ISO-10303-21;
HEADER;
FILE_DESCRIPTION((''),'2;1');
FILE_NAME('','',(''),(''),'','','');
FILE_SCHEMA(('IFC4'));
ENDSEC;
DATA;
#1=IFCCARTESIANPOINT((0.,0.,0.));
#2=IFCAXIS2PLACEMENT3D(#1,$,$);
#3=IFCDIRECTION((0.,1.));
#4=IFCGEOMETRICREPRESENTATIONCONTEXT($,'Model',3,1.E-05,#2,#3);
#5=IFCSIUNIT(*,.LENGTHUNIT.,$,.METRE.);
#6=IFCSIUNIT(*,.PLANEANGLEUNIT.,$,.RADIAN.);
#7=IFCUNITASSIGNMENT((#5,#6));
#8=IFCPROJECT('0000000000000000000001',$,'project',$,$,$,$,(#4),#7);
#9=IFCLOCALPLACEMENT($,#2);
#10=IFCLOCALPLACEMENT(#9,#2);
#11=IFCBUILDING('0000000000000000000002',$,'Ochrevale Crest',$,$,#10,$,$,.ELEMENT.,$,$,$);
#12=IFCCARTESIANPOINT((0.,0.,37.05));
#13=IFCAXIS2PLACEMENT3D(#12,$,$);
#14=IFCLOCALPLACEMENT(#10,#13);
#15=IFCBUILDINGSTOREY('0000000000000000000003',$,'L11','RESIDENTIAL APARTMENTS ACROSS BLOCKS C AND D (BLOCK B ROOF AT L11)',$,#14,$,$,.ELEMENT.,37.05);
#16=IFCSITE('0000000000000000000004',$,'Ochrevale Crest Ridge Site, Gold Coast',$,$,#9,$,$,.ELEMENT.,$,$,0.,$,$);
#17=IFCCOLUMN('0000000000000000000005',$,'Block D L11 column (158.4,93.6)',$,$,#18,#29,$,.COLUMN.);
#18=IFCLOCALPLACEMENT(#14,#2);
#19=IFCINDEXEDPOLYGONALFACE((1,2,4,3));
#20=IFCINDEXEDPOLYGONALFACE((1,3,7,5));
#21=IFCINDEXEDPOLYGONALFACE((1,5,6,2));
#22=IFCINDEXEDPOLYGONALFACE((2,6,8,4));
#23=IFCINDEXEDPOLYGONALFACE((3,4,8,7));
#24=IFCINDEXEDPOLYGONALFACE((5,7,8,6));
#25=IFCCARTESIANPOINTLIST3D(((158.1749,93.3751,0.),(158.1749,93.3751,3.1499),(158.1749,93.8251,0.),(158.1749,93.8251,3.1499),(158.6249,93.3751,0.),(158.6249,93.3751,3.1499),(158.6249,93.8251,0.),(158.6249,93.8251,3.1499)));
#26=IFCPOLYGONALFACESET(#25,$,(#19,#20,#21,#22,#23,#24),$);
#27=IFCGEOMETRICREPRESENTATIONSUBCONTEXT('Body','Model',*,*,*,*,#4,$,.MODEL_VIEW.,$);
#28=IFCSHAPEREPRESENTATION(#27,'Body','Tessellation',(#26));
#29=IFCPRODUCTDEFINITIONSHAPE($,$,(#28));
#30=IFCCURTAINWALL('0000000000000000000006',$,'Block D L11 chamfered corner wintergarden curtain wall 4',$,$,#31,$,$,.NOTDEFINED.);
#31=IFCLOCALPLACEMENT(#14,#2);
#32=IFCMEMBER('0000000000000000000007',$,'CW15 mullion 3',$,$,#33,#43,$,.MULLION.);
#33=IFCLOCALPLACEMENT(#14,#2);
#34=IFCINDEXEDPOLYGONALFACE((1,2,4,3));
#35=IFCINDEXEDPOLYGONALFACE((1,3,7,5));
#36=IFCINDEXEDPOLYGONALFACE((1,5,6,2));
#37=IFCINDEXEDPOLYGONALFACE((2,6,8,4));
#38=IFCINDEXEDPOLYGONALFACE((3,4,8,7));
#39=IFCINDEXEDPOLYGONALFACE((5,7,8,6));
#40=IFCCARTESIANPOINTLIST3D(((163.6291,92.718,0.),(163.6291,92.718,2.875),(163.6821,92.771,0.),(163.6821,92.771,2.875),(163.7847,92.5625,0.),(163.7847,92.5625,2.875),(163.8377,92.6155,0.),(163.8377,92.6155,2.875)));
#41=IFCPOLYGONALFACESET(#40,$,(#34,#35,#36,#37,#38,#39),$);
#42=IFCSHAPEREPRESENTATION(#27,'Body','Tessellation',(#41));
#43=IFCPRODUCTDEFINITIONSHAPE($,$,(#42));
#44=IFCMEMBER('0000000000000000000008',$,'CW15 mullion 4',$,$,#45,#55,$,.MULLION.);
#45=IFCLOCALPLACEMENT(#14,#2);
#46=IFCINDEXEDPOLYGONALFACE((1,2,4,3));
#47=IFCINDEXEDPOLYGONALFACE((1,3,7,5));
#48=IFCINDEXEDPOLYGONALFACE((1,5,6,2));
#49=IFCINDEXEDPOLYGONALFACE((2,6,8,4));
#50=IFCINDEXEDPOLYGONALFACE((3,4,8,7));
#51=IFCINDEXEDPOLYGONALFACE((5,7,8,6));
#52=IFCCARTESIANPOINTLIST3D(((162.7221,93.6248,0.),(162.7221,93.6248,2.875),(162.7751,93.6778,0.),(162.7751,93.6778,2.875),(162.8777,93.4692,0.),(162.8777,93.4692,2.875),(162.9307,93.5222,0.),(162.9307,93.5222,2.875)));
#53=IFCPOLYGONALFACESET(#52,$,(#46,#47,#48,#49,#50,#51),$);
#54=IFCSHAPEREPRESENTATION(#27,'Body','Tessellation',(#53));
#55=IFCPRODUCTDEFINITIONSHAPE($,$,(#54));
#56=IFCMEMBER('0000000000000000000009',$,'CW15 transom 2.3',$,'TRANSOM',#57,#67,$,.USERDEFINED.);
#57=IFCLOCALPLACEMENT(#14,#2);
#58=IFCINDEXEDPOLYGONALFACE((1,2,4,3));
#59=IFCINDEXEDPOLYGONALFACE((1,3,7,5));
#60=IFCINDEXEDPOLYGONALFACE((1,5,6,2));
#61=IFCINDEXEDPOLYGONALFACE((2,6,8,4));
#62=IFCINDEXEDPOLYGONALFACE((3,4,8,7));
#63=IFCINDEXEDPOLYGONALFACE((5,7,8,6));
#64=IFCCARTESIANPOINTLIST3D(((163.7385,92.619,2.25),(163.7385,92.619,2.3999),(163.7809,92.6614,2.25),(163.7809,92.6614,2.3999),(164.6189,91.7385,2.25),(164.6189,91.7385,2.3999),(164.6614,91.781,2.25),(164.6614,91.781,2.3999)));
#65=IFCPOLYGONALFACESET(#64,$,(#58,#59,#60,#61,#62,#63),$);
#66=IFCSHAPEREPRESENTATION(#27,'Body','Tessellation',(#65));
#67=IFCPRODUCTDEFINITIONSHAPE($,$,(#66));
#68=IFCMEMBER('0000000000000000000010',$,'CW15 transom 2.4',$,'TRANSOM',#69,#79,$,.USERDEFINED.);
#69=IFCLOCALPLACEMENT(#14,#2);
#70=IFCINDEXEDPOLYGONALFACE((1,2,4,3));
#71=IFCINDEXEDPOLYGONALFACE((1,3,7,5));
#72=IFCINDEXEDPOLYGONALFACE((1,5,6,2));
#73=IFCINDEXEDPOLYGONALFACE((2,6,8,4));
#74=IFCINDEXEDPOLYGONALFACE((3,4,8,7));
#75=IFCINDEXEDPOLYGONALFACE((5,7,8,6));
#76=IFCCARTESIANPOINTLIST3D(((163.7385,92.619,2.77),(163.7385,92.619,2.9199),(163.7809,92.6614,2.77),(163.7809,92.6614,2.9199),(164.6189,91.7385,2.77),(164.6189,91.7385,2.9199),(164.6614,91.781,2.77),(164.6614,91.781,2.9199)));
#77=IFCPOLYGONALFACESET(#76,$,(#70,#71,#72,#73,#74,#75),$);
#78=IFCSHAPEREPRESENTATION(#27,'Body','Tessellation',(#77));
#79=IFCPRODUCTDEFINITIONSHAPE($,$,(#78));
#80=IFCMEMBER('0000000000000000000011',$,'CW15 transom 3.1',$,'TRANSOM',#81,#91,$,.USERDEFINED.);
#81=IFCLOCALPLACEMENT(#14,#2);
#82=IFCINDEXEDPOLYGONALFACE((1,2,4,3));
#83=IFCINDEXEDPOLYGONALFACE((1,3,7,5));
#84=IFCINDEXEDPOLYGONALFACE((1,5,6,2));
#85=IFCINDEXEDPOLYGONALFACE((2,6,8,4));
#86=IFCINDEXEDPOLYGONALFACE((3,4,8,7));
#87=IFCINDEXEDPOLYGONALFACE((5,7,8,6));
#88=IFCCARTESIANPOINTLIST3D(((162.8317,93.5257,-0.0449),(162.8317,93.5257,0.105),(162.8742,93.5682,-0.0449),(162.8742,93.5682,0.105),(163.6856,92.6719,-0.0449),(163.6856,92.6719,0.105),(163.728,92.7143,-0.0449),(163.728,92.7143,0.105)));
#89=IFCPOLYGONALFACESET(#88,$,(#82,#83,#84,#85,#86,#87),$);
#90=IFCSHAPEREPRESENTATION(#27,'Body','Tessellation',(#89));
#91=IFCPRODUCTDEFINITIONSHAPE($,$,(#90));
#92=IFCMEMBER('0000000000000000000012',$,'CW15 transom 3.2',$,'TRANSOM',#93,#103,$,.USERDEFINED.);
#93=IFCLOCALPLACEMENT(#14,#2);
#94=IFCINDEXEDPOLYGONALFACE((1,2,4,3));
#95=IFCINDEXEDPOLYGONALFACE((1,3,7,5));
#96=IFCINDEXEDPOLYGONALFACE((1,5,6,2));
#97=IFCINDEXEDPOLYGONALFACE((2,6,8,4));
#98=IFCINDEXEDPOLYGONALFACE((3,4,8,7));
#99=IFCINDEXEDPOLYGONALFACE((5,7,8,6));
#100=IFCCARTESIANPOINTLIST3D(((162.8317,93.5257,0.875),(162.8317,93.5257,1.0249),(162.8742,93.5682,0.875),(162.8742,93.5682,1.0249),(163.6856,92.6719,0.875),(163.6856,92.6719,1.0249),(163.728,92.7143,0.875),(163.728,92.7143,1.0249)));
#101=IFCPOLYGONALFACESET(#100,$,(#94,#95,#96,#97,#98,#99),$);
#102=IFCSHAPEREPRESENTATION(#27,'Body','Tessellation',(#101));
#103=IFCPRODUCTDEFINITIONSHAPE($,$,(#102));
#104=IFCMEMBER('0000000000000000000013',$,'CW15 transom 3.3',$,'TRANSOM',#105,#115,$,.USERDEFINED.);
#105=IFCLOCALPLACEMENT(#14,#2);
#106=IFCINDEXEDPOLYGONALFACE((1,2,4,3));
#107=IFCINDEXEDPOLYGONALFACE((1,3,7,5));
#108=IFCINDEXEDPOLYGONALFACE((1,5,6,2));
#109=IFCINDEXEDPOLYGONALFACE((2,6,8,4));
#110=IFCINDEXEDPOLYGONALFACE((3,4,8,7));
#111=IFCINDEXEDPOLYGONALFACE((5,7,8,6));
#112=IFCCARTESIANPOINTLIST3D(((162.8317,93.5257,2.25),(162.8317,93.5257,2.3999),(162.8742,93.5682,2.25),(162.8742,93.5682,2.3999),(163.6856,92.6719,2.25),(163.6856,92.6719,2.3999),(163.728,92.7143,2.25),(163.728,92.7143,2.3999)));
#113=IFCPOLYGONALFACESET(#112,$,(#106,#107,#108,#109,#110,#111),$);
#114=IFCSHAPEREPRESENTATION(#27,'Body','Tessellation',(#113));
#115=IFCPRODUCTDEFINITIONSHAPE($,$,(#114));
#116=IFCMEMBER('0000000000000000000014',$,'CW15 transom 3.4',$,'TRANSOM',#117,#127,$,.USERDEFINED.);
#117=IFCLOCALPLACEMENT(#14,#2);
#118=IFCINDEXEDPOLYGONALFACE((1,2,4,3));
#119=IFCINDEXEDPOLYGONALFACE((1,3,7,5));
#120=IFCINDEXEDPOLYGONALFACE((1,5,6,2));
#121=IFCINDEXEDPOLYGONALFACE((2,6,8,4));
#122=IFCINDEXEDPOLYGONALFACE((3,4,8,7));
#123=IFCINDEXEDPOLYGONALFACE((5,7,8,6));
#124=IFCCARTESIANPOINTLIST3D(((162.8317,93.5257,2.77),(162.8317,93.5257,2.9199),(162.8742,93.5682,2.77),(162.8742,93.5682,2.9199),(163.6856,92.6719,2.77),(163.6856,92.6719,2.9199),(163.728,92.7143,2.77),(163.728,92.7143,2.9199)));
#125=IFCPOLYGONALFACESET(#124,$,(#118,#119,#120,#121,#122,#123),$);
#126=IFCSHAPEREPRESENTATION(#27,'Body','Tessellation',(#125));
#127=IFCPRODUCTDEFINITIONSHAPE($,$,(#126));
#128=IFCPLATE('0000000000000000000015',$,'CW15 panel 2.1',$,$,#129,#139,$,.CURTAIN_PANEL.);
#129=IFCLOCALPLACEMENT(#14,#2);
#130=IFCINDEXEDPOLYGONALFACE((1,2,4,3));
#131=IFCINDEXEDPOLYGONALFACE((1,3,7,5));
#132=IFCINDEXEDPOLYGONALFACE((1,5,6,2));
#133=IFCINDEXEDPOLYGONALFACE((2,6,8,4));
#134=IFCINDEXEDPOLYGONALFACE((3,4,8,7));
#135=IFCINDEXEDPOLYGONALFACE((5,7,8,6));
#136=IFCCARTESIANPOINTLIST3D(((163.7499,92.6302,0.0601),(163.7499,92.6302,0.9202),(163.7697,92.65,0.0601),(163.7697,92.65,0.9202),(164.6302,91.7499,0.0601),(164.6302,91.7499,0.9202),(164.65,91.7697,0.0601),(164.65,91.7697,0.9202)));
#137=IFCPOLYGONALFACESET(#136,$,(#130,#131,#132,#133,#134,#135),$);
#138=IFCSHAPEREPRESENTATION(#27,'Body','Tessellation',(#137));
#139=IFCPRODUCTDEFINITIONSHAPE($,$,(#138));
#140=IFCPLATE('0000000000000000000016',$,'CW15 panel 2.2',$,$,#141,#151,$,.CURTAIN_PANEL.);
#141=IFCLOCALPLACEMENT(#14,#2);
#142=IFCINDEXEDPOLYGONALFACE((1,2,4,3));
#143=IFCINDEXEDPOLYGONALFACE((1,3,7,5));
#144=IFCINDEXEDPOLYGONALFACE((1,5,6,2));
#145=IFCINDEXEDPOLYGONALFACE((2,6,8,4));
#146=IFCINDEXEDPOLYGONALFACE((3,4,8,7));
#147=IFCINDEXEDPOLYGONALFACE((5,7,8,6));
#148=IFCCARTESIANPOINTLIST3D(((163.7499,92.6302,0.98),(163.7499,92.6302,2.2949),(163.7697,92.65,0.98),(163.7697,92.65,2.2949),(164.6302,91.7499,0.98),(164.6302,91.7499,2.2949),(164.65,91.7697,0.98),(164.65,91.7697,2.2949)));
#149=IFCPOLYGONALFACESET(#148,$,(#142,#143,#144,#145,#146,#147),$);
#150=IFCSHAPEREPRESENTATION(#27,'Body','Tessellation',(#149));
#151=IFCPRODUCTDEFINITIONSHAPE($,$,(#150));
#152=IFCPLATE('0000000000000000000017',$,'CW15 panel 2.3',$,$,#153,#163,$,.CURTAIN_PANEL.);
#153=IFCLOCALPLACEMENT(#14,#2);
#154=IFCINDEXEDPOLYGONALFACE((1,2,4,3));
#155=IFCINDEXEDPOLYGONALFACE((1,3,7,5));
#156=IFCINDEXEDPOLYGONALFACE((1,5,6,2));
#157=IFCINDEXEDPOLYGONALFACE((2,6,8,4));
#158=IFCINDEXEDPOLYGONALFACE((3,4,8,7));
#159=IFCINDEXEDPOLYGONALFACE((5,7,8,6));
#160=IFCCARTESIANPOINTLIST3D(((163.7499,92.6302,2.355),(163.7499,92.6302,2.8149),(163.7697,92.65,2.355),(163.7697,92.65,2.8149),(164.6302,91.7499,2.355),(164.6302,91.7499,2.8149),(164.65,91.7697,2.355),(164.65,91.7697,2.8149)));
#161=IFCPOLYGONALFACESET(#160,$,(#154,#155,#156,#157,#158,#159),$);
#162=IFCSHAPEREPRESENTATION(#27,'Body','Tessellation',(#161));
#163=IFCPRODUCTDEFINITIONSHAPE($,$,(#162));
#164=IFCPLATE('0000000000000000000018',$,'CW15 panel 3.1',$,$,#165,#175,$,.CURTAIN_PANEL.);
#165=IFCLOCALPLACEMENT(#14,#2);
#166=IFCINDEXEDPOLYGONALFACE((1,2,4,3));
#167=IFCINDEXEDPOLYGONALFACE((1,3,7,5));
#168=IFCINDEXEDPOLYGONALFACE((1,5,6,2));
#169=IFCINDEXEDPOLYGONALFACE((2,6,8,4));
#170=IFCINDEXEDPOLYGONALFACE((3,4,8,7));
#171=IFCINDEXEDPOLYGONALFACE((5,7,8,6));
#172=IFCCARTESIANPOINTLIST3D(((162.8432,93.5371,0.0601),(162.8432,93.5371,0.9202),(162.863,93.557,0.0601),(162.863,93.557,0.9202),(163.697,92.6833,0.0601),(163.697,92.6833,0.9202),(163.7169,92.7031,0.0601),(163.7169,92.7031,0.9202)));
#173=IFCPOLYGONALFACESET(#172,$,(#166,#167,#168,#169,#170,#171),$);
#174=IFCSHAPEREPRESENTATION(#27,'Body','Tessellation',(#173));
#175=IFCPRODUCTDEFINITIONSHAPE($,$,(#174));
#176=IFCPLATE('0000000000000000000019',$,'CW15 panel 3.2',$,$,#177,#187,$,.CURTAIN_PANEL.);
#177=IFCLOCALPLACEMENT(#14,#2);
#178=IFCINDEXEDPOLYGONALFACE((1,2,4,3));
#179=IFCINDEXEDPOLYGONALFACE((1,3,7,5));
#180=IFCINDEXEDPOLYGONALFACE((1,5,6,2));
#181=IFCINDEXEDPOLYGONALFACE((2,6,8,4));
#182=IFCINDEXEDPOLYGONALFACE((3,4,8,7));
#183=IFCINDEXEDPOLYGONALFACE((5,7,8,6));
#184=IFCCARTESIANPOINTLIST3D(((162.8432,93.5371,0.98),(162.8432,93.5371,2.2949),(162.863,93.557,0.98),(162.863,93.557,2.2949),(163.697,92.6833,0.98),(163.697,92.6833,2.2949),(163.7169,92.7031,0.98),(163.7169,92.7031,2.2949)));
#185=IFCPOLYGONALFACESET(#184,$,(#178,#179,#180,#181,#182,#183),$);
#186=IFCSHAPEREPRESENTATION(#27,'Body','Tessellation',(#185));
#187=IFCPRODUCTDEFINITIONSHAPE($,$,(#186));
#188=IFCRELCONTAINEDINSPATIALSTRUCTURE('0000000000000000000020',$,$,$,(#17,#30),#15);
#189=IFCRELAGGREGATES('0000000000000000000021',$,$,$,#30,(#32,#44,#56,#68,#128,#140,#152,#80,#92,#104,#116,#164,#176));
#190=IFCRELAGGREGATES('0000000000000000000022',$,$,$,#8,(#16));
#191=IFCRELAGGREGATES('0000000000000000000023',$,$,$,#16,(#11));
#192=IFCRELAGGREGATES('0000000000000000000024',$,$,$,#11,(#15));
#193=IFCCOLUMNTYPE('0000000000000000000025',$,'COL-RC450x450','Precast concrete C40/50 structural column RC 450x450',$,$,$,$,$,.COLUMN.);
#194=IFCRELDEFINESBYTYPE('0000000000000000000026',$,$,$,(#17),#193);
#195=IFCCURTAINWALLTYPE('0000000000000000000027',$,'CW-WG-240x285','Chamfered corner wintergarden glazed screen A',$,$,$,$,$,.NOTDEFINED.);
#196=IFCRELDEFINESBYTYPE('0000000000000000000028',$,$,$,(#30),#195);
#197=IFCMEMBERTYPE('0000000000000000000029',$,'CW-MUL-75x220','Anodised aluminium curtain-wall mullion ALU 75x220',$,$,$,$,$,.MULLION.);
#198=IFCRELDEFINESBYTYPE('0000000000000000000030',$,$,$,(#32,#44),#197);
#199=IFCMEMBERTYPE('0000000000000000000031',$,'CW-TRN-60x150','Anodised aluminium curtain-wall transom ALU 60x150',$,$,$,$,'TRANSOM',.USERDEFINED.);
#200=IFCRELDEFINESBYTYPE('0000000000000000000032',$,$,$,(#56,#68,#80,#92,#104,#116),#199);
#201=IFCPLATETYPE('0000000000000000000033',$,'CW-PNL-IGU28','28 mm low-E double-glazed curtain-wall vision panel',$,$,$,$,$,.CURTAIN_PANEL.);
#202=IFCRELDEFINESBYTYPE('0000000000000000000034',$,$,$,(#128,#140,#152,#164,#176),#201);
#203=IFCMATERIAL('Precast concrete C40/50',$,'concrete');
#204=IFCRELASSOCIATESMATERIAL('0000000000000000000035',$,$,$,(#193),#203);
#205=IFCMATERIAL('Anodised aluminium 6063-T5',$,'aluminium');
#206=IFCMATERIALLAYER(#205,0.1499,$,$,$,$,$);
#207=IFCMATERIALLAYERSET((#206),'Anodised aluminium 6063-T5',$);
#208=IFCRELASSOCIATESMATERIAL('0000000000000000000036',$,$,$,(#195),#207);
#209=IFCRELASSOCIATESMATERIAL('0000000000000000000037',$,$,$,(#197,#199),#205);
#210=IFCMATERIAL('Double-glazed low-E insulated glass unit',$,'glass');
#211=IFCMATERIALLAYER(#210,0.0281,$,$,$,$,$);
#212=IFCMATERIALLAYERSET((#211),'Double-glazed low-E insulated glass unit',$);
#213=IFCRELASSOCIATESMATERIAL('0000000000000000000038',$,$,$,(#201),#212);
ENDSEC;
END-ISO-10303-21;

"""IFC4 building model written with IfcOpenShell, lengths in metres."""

from ifc_helpers import new_model, si_unit, direction, frame, origin, origin_2d, place, context, subcontext, project, spatial, rectangle, extrude, material, layer, layer_set, material_profile, profile_set, type_object, element, aggregate, save


model = new_model("IFC4")

# Units and contexts
model_context = context("Model", 3, precision=1e-05, world=origin(), true_north=direction((0.0, 1.0)))
body_context = subcontext(model_context, "Body", "Model", "MODEL_VIEW")
ifc_project = project(units=[si_unit("LENGTHUNIT", "METRE"), si_unit("PLANEANGLEUNIT", "RADIAN")], contexts=[model_context])

# Site, building, storey
site_placement = place(None, origin())
site = spatial("IfcSite", under=ifc_project, at=site_placement, Name="Ochrevale Crest Ridge Site, Gold Coast", CompositionType="ELEMENT", RefElevation=0.0)
building_placement = place(site_placement, origin())
building = spatial("IfcBuilding", under=site, at=building_placement, Name="Ochrevale Crest", CompositionType="ELEMENT")
storey_placement = place(building_placement, frame((0.0, 0.0, 37.05)))
storey = spatial("IfcBuildingStorey", under=building, at=storey_placement, Name="L11", Description="RESIDENTIAL APARTMENTS ACROSS BLOCKS C AND D (BLOCK B ROOF AT L11)", CompositionType="ELEMENT", Elevation=37.05)

# Column
ifc_material_1 = material(Name="Precast concrete C40/50", Category="concrete")
ifc_material_profile_1 = material_profile(ifc_material_1, rectangle(XDim=0.45, YDim=0.45, at=origin_2d()), Name="RC 450x450")
ifc_profile_set_1 = profile_set([ifc_material_profile_1], Name="Precast concrete C40/50")
column_type = type_object("IfcColumnType", Name="COL-RC450x450", Description="Precast concrete C40/50 structural column RC 450x450", PredefinedType="COLUMN", material=ifc_profile_set_1)
column_placement = place(storey_placement, frame((158.3999, 93.6001, 0.0), z_axis=(0.0, 0.0, 1.0), x_axis=(1.0, 0.0, 0.0)))
element("IfcColumn", 1, at=column_placement, inside=storey, type_object=column_type, Name="Block D L11 column (158.4,93.6)", PredefinedType="COLUMN", context=body_context, shape_type="SweptSolid", body=[
    extrude(rectangle(XDim=0.45, YDim=0.45, at=origin_2d()), origin(), (0.0, 0.0, 1.0), 3.1499),
])

# Curtain wall, members, plates
ifc_material_2 = material(Name="Anodised aluminium 6063-T5", Category="aluminium")
ifc_layer_1 = layer(ifc_material_2, 0.1499)
ifc_layer_set_1 = layer_set([ifc_layer_1], Name="Anodised aluminium 6063-T5")
curtain_wall_type = type_object("IfcCurtainWallType", Name="CW-WG-240x285", Description="Chamfered corner wintergarden glazed screen A", PredefinedType="NOTDEFINED", material=ifc_layer_set_1)
curtain_wall_placement = place(storey_placement, origin())
curtain_wall = element("IfcCurtainWall", 2, at=curtain_wall_placement, inside=storey, type_object=curtain_wall_type, Name="Block D L11 chamfered corner wintergarden curtain wall 4", PredefinedType="NOTDEFINED")
ifc_material_profile_2 = material_profile(ifc_material_2, rectangle(XDim=0.075, YDim=0.22, at=origin_2d()), Name="ALU 75x220")
ifc_profile_set_2 = profile_set([ifc_material_profile_2], Name="Anodised aluminium 6063-T5")
member_type_1 = type_object("IfcMemberType", Name="CW-MUL-75x220", Description="Anodised aluminium curtain-wall mullion ALU 75x220", PredefinedType="MULLION", material=ifc_profile_set_2)
member_1_placement = place(storey_placement, frame((163.7334, 92.6667, 0.0), z_axis=(0.0, 0.0, 1.0), x_axis=(-0.707107, -0.707107, 0.0)))
member_1 = element("IfcMember", 3, at=member_1_placement, type_object=member_type_1, Name="CW15 mullion 3", PredefinedType="MULLION", context=body_context, shape_type="SweptSolid", body=[
    extrude(rectangle(XDim=0.075, YDim=0.22, at=origin_2d()), origin(), (0.0, 0.0, 1.0), 2.875),
])
member_2_placement = place(storey_placement, frame((162.8264, 93.5735, 0.0), z_axis=(0.0, 0.0, 1.0), x_axis=(-0.707107, -0.707107, 0.0)))
member_2 = element("IfcMember", 4, at=member_2_placement, type_object=member_type_1, Name="CW15 mullion 4", PredefinedType="MULLION", context=body_context, shape_type="SweptSolid", body=[
    extrude(rectangle(XDim=0.075, YDim=0.22, at=origin_2d()), origin(), (0.0, 0.0, 1.0), 2.875),
])
ifc_material_profile_3 = material_profile(ifc_material_2, rectangle(XDim=0.0601, YDim=0.1499, at=origin_2d()), Name="ALU 60x150")
ifc_profile_set_3 = profile_set([ifc_material_profile_3], Name="Anodised aluminium 6063-T5")
member_type_2 = type_object("IfcMemberType", Name="CW-TRN-60x150", Description="Anodised aluminium curtain-wall transom ALU 60x150", ElementType="TRANSOM", PredefinedType="USERDEFINED", material=ifc_profile_set_3)
member_3_placement = place(storey_placement, frame((164.6401, 91.7598, 2.325), z_axis=(-0.707107, 0.707107, 0.0), x_axis=(-0.707107, -0.707107, 0.0)))
member_3 = element("IfcMember", 5, at=member_3_placement, type_object=member_type_2, Name="CW15 transom 2.3", ObjectType="TRANSOM", PredefinedType="USERDEFINED", context=body_context, shape_type="SweptSolid", body=[
    extrude(rectangle(XDim=0.0601, YDim=0.1499, at=origin_2d()), origin(), (0.0, 0.0, 1.0), 1.2451),
])
member_4_placement = place(storey_placement, frame((164.6401, 91.7598, 2.845), z_axis=(-0.707107, 0.707107, 0.0), x_axis=(-0.707107, -0.707107, 0.0)))
member_4 = element("IfcMember", 6, at=member_4_placement, type_object=member_type_2, Name="CW15 transom 2.4", ObjectType="TRANSOM", PredefinedType="USERDEFINED", context=body_context, shape_type="SweptSolid", body=[
    extrude(rectangle(XDim=0.0601, YDim=0.1499, at=origin_2d()), origin(), (0.0, 0.0, 1.0), 1.2451),
])
member_5_placement = place(storey_placement, frame((163.7068, 92.6931, 0.03), z_axis=(-0.707107, 0.707107, 0.0), x_axis=(-0.707107, -0.707107, 0.0)))
member_5 = element("IfcMember", 7, at=member_5_placement, type_object=member_type_2, Name="CW15 transom 3.1", ObjectType="TRANSOM", PredefinedType="USERDEFINED", context=body_context, shape_type="SweptSolid", body=[
    extrude(rectangle(XDim=0.0601, YDim=0.1499, at=origin_2d()), origin(), (0.0, 0.0, 1.0), 1.2075),
])
member_6_placement = place(storey_placement, frame((163.7068, 92.6931, 0.95), z_axis=(-0.707107, 0.707107, 0.0), x_axis=(-0.707107, -0.707107, 0.0)))
member_6 = element("IfcMember", 8, at=member_6_placement, type_object=member_type_2, Name="CW15 transom 3.2", ObjectType="TRANSOM", PredefinedType="USERDEFINED", context=body_context, shape_type="SweptSolid", body=[
    extrude(rectangle(XDim=0.0601, YDim=0.1499, at=origin_2d()), origin(), (0.0, 0.0, 1.0), 1.2075),
])
member_7_placement = place(storey_placement, frame((163.7068, 92.6931, 2.325), z_axis=(-0.707107, 0.707107, 0.0), x_axis=(-0.707107, -0.707107, 0.0)))
member_7 = element("IfcMember", 9, at=member_7_placement, type_object=member_type_2, Name="CW15 transom 3.3", ObjectType="TRANSOM", PredefinedType="USERDEFINED", context=body_context, shape_type="SweptSolid", body=[
    extrude(rectangle(XDim=0.0601, YDim=0.1499, at=origin_2d()), origin(), (0.0, 0.0, 1.0), 1.2075),
])
member_8_placement = place(storey_placement, frame((163.7068, 92.6931, 2.845), z_axis=(-0.707107, 0.707107, 0.0), x_axis=(-0.707107, -0.707107, 0.0)))
member_8 = element("IfcMember", 10, at=member_8_placement, type_object=member_type_2, Name="CW15 transom 3.4", ObjectType="TRANSOM", PredefinedType="USERDEFINED", context=body_context, shape_type="SweptSolid", body=[
    extrude(rectangle(XDim=0.0601, YDim=0.1499, at=origin_2d()), origin(), (0.0, 0.0, 1.0), 1.2075),
])
ifc_material_3 = material(Name="Double-glazed low-E insulated glass unit", Category="glass")
ifc_layer_2 = layer(ifc_material_3, 0.0281)
ifc_layer_set_2 = layer_set([ifc_layer_2], Name="Double-glazed low-E insulated glass unit")
plate_type_1 = type_object("IfcPlateType", Name="CW-PNL-IGU28", Description="28 mm low-E double-glazed curtain-wall vision panel", PredefinedType="CURTAIN_PANEL", material=ifc_layer_set_2)
plate_1_placement = place(storey_placement, frame((164.2, 92.2, 0.0601), z_axis=(0.0, 0.0, 1.0), x_axis=(-0.707107, 0.707107, 0.0)))
plate_1 = element("IfcPlate", 11, at=plate_1_placement, type_object=plate_type_1, Name="CW15 panel 2.1", PredefinedType="CURTAIN_PANEL", context=body_context, shape_type="SweptSolid", body=[
    extrude(rectangle(XDim=1.2449, YDim=0.0281, at=origin_2d()), origin(), (0.0, 0.0, 1.0), 0.8601),
])
plate_2_placement = place(storey_placement, frame((164.2, 92.2, 0.98), z_axis=(0.0, 0.0, 1.0), x_axis=(-0.707107, 0.707107, 0.0)))
plate_2 = element("IfcPlate", 12, at=plate_2_placement, type_object=plate_type_1, Name="CW15 panel 2.2", PredefinedType="CURTAIN_PANEL", context=body_context, shape_type="SweptSolid", body=[
    extrude(rectangle(XDim=1.2449, YDim=0.0281, at=origin_2d()), origin(), (0.0, 0.0, 1.0), 1.3149),
])
plate_3_placement = place(storey_placement, frame((164.2, 92.2, 2.355), z_axis=(0.0, 0.0, 1.0), x_axis=(-0.707107, 0.707107, 0.0)))
plate_3 = element("IfcPlate", 13, at=plate_3_placement, type_object=plate_type_1, Name="CW15 panel 2.3", PredefinedType="CURTAIN_PANEL", context=body_context, shape_type="SweptSolid", body=[
    extrude(rectangle(XDim=1.2449, YDim=0.0281, at=origin_2d()), origin(), (0.0, 0.0, 1.0), 0.46),
])
plate_4_placement = place(storey_placement, frame((163.28, 93.1201, 0.0601), z_axis=(0.0, 0.0, 1.0), x_axis=(-0.707107, 0.707107, 0.0)))
plate_4 = element("IfcPlate", 14, at=plate_4_placement, type_object=plate_type_1, Name="CW15 panel 3.1", PredefinedType="CURTAIN_PANEL", context=body_context, shape_type="SweptSolid", body=[
    extrude(rectangle(XDim=1.2075, YDim=0.0281, at=origin_2d()), origin(), (0.0, 0.0, 1.0), 0.8601),
])
plate_5_placement = place(storey_placement, frame((163.28, 93.1201, 0.98), z_axis=(0.0, 0.0, 1.0), x_axis=(-0.707107, 0.707107, 0.0)))
plate_5 = element("IfcPlate", 15, at=plate_5_placement, type_object=plate_type_1, Name="CW15 panel 3.2", PredefinedType="CURTAIN_PANEL", context=body_context, shape_type="SweptSolid", body=[
    extrude(rectangle(XDim=1.2075, YDim=0.0281, at=origin_2d()), origin(), (0.0, 0.0, 1.0), 1.3149),
])
aggregate(curtain_wall, [member_1, member_2, member_3, member_4, plate_1, plate_2, plate_3, member_5, member_6, member_7, member_8, plate_4, plate_5])

save(model, "model.ifc")
